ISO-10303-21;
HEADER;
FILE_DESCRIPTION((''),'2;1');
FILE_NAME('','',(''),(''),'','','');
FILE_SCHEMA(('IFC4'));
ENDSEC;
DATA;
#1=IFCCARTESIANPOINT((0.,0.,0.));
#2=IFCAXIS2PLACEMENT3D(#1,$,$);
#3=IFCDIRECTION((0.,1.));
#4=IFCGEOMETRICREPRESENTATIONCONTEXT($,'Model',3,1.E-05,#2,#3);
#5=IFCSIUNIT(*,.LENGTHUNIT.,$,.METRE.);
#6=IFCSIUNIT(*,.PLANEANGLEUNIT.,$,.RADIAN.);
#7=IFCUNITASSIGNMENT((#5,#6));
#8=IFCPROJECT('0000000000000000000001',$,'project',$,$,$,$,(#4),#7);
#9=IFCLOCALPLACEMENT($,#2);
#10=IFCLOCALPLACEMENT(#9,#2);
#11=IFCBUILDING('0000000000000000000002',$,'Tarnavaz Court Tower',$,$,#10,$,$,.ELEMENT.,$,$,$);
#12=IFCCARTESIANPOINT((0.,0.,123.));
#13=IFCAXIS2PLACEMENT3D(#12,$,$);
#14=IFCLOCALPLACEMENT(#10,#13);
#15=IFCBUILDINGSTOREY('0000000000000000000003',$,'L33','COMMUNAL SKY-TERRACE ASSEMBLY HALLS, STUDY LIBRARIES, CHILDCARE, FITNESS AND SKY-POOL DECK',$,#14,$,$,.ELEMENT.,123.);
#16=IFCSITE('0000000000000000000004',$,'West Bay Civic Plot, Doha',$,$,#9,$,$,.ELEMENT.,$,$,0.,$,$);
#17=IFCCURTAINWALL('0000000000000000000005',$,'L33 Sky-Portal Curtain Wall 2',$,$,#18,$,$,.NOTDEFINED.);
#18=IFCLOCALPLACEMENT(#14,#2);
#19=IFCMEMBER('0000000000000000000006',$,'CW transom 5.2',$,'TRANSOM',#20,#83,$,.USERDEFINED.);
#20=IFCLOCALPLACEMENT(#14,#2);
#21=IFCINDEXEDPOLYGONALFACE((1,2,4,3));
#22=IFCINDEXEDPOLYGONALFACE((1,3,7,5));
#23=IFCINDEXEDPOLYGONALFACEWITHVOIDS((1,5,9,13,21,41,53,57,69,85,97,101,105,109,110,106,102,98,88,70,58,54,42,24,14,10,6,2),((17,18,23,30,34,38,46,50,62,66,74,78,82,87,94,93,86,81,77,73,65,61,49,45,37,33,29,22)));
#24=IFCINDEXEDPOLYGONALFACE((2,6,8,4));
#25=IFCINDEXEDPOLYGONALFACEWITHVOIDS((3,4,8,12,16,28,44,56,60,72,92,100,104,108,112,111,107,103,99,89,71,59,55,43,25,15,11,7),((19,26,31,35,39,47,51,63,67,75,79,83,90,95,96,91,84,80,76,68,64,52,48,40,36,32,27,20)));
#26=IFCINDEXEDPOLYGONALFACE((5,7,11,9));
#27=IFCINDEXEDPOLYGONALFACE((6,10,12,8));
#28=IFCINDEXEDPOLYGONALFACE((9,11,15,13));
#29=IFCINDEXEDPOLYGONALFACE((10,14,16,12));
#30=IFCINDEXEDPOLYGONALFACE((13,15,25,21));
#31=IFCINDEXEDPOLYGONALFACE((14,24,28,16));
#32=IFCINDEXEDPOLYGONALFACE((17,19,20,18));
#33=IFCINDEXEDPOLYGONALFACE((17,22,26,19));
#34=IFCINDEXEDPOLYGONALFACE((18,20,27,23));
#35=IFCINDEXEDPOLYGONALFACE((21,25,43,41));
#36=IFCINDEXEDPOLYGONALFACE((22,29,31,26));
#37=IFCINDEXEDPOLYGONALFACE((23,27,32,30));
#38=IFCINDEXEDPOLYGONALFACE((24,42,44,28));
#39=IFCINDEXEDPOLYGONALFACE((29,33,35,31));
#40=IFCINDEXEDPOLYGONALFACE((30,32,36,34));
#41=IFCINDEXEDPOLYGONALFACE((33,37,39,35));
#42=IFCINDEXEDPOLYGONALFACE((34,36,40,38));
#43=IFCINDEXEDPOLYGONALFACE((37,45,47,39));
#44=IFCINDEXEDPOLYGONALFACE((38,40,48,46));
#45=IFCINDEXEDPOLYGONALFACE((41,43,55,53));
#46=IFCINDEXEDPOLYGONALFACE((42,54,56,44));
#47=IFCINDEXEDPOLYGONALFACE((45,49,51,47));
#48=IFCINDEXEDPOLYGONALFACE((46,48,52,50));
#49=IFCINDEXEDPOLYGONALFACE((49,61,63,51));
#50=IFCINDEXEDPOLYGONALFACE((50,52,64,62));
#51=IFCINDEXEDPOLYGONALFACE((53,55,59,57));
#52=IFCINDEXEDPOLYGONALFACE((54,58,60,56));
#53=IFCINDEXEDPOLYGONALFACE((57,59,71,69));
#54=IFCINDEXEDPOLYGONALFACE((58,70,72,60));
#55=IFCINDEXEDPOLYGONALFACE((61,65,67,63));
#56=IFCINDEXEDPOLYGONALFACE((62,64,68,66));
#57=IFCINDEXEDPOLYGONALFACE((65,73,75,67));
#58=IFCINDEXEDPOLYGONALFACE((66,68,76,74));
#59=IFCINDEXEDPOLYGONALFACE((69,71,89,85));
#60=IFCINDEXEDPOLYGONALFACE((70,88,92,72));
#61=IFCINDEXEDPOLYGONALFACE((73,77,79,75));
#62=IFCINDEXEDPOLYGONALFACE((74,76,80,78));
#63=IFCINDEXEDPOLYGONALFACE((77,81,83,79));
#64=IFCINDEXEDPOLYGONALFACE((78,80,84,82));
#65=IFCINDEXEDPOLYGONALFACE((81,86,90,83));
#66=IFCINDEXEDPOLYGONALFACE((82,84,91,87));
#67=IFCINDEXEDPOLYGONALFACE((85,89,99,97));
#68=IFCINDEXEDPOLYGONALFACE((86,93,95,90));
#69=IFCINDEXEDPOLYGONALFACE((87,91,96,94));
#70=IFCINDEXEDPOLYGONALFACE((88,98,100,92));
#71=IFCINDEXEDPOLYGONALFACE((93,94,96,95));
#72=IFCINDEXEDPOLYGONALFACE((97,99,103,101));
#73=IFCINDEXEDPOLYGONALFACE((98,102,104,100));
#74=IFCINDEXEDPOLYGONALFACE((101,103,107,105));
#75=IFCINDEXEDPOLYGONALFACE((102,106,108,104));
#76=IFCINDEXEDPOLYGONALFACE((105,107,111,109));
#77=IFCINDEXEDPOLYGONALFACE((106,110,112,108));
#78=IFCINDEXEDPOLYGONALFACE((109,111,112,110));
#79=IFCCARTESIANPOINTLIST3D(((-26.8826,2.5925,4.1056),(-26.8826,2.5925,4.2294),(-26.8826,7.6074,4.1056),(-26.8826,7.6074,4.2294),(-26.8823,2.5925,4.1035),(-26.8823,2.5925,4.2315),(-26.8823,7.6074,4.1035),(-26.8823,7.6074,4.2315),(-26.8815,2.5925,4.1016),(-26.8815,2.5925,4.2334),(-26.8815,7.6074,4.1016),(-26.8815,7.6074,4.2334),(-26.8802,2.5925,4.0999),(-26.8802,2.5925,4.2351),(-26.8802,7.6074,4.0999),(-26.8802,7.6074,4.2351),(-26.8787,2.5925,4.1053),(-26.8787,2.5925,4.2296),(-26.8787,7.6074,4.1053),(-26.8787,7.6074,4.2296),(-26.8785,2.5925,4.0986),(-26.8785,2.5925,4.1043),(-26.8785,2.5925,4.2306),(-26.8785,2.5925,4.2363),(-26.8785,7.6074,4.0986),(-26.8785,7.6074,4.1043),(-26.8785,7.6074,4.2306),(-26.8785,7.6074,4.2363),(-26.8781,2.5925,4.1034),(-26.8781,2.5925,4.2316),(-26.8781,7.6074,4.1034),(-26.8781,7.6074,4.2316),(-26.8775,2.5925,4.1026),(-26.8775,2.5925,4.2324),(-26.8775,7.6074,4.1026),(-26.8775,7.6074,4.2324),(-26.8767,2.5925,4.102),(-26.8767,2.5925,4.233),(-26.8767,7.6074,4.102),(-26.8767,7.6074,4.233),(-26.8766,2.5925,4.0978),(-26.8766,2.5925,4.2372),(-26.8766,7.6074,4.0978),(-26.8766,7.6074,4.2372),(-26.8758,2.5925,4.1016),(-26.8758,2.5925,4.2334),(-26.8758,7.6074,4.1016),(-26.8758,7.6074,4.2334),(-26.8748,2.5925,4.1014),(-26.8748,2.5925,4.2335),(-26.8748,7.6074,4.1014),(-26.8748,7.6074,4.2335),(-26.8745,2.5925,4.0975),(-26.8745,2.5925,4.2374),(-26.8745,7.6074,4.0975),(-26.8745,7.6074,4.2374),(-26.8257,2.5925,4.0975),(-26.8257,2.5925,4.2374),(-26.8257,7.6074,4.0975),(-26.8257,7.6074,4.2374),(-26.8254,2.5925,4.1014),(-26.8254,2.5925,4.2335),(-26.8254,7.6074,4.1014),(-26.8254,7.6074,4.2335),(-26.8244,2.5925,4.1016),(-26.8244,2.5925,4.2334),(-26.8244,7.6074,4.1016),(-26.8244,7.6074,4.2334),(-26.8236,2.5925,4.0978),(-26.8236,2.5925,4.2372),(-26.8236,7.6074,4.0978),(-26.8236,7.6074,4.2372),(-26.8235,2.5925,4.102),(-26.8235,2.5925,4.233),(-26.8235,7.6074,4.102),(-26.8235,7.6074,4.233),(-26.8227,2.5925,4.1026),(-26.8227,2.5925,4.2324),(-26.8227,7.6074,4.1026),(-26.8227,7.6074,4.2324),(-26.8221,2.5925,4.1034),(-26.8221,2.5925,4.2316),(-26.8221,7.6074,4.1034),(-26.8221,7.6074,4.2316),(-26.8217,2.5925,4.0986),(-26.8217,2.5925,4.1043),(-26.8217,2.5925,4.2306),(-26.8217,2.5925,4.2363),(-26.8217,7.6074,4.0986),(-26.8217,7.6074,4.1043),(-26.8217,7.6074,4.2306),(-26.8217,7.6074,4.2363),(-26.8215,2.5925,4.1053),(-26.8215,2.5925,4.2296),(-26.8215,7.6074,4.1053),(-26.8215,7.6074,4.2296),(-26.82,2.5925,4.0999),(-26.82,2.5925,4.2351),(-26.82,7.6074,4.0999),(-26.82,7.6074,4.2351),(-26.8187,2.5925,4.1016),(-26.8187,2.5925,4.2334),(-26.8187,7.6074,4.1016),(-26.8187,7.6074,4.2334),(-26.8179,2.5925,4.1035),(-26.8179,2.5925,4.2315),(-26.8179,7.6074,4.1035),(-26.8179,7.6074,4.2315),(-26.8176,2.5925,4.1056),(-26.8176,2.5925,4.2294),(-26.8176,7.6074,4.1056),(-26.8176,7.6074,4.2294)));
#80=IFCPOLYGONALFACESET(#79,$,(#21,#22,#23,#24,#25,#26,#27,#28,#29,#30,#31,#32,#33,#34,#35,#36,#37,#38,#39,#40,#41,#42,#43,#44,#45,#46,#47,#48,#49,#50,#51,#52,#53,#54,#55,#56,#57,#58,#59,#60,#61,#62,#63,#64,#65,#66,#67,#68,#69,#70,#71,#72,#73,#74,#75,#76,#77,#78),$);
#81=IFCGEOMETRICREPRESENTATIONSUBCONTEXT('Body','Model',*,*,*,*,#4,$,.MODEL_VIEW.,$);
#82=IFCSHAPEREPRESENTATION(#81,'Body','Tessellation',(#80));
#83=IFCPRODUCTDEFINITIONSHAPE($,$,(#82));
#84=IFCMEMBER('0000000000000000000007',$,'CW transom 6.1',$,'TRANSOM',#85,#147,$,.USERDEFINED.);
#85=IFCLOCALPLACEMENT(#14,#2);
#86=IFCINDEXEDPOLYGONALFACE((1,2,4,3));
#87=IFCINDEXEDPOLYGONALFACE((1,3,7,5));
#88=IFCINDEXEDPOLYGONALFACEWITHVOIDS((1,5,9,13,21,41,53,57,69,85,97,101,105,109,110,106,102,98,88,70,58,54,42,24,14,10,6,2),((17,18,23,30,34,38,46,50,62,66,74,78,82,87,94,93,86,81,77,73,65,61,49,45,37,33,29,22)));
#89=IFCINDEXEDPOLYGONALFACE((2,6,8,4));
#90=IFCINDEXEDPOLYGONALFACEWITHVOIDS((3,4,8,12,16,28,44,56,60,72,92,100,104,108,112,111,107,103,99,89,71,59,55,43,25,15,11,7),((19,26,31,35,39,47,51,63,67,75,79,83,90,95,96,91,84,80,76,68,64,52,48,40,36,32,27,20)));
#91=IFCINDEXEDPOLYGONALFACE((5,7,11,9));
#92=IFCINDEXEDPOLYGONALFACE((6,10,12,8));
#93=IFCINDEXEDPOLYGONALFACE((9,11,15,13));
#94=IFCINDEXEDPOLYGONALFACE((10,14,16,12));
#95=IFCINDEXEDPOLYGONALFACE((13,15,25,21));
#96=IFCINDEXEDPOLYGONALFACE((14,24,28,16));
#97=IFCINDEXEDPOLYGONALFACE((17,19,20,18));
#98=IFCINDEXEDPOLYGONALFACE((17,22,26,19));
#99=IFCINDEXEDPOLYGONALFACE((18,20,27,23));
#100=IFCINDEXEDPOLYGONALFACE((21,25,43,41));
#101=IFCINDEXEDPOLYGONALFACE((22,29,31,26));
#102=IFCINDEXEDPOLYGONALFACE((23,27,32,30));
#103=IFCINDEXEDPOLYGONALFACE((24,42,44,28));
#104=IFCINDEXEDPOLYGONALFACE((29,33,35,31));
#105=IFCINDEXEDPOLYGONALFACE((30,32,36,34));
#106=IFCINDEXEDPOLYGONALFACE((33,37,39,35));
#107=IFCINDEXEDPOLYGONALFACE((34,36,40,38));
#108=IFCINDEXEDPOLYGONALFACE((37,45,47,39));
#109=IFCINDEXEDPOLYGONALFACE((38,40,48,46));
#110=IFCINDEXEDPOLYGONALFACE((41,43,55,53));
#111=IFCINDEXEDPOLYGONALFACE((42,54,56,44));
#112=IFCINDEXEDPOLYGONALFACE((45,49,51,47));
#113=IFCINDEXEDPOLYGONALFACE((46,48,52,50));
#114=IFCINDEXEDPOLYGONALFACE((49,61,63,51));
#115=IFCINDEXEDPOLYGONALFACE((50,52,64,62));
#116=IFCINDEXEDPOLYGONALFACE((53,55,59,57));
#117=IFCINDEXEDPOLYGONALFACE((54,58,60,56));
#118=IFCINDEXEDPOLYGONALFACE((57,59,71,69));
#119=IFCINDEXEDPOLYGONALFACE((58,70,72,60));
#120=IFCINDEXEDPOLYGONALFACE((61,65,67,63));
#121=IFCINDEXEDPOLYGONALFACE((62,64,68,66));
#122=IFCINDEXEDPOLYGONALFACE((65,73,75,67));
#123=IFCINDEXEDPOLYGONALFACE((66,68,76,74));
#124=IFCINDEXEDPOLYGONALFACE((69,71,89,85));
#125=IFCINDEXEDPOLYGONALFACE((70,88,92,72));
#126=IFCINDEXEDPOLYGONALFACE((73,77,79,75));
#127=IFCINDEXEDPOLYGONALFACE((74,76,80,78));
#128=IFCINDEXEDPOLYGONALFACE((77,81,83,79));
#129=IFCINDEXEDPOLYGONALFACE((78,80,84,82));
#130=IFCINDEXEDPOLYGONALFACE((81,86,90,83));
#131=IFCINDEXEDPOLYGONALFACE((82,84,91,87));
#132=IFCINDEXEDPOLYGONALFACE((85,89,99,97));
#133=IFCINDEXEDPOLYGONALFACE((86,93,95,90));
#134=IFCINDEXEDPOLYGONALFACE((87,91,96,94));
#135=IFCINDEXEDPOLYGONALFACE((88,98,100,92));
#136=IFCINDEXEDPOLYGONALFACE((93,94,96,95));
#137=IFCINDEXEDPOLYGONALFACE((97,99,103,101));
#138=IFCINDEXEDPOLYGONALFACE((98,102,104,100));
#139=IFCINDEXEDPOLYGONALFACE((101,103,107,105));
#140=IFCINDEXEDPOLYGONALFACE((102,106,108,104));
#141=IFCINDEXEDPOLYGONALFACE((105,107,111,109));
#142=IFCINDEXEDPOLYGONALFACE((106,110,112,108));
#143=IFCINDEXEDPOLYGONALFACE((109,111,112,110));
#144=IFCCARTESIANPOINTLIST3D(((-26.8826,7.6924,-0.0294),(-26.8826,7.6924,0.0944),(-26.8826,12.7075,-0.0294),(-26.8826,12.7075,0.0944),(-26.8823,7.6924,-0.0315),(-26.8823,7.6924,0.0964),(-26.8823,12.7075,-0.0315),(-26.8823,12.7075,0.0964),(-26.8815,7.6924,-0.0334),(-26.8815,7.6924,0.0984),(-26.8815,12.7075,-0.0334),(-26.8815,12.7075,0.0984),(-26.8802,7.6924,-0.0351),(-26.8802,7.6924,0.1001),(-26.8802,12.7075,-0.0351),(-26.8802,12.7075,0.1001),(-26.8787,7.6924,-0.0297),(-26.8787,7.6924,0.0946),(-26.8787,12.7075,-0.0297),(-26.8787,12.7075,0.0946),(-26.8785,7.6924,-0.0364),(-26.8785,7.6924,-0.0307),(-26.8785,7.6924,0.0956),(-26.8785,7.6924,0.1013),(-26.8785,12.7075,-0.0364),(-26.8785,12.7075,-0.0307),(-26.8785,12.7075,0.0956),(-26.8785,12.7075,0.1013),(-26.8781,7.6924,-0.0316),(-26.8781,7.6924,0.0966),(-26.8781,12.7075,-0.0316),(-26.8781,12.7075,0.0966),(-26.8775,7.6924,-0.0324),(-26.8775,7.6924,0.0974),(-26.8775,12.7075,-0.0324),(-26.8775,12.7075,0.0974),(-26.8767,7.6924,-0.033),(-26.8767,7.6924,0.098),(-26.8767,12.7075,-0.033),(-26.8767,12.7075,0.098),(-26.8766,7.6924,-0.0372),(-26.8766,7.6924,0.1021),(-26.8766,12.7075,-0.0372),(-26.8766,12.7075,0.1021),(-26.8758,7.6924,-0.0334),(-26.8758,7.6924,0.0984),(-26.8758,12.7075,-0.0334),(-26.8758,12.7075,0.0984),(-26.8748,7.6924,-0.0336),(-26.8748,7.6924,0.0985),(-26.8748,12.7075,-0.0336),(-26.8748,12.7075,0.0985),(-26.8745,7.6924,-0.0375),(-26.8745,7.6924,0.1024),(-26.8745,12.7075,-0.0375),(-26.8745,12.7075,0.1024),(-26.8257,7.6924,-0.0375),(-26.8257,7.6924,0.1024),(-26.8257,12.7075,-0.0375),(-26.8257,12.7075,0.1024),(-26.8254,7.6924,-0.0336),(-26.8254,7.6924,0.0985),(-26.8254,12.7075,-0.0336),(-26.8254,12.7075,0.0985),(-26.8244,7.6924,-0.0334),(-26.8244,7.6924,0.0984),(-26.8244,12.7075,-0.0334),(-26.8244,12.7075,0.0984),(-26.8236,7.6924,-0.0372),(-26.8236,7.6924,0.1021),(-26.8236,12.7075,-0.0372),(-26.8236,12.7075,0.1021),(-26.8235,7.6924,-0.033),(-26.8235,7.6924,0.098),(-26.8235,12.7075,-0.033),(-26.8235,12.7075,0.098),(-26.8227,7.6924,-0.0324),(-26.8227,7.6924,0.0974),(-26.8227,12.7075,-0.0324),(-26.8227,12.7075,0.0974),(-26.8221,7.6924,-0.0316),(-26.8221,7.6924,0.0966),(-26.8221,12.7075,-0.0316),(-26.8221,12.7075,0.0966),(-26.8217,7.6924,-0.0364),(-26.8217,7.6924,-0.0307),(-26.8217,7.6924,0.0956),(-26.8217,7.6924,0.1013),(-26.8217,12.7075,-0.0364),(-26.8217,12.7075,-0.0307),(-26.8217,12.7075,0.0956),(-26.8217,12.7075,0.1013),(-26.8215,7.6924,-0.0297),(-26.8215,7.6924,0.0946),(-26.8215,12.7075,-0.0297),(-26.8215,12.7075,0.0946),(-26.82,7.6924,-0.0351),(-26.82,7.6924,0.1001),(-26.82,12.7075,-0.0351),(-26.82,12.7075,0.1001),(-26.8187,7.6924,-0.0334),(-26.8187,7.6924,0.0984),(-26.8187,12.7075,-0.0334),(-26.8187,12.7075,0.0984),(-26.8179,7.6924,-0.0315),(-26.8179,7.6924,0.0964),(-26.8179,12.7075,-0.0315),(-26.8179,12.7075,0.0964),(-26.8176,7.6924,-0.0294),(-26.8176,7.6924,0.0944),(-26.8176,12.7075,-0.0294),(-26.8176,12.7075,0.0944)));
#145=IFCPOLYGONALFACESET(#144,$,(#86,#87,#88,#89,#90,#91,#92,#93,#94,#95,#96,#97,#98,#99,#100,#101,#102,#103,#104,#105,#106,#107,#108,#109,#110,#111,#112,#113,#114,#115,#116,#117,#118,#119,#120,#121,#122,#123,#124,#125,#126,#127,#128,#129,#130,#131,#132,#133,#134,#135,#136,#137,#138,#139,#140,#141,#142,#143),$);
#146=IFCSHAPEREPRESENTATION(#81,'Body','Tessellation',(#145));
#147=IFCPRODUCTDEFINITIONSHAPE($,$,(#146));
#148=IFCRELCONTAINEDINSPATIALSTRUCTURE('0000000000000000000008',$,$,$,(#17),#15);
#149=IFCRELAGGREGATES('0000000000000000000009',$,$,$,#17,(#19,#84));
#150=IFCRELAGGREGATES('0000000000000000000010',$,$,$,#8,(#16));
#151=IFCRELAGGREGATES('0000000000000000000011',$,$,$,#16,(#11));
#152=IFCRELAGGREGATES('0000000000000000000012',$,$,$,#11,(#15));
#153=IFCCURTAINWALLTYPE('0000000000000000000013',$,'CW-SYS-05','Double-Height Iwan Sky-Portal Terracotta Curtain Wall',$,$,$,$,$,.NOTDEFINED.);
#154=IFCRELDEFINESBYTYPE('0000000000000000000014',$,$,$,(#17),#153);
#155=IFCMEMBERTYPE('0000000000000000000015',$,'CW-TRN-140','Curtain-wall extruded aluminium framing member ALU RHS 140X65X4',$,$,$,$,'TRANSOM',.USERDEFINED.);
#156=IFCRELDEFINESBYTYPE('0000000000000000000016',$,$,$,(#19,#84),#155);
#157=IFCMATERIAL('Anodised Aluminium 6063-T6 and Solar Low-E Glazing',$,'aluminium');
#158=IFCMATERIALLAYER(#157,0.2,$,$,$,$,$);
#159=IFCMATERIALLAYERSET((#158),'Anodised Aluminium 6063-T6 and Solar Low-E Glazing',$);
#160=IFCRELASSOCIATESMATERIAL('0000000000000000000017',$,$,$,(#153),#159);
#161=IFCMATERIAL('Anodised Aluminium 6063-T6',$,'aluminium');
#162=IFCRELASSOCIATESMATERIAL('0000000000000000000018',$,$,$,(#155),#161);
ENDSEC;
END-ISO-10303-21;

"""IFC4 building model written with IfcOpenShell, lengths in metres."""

from ifc_helpers import new_model, si_unit, direction, frame, origin, origin_2d, place, context, subcontext, project, spatial, hollow_rectangle, extrude, material, layer, layer_set, material_profile, profile_set, type_object, element, aggregate, save


model = new_model("IFC4")

# Units and contexts
model_context = context("Model", 3, precision=1e-05, world=origin(), true_north=direction((0.0, 1.0)))
body_context = subcontext(model_context, "Body", "Model", "MODEL_VIEW")
ifc_project = project(units=[si_unit("LENGTHUNIT", "METRE"), si_unit("PLANEANGLEUNIT", "RADIAN")], contexts=[model_context])

# Site, building, storey
site_placement = place(None, origin())
site = spatial("IfcSite", under=ifc_project, at=site_placement, Name="West Bay Civic Plot, Doha", CompositionType="ELEMENT", RefElevation=0.0)
building_placement = place(site_placement, origin())
building = spatial("IfcBuilding", under=site, at=building_placement, Name="Tarnavaz Court Tower", CompositionType="ELEMENT")
storey_placement = place(building_placement, frame((0.0, 0.0, 123.0)))
storey = spatial("IfcBuildingStorey", under=building, at=storey_placement, Name="L33", Description="COMMUNAL SKY-TERRACE ASSEMBLY HALLS, STUDY LIBRARIES, CHILDCARE, FITNESS AND SKY-POOL DECK", CompositionType="ELEMENT", Elevation=123.0)

# Curtain wall, members
ifc_material_1 = material(Name="Anodised Aluminium 6063-T6 and Solar Low-E Glazing", Category="aluminium")
ifc_layer_1 = layer(ifc_material_1, 0.2)
ifc_layer_set_1 = layer_set([ifc_layer_1], Name="Anodised Aluminium 6063-T6 and Solar Low-E Glazing")
curtain_wall_type = type_object("IfcCurtainWallType", Name="CW-SYS-05", Description="Double-Height Iwan Sky-Portal Terracotta Curtain Wall", PredefinedType="NOTDEFINED", material=ifc_layer_set_1)
curtain_wall_placement = place(storey_placement, origin())
curtain_wall = element("IfcCurtainWall", 1, at=curtain_wall_placement, inside=storey, type_object=curtain_wall_type, Name="L33 Sky-Portal Curtain Wall 2", PredefinedType="NOTDEFINED")
ifc_material_2 = material(Name="Anodised Aluminium 6063-T6", Category="aluminium")
ifc_material_profile_1 = material_profile(ifc_material_2, hollow_rectangle(XDim=0.0649, YDim=0.1399, WallThickness=0.0039, InnerFilletRadius=0.0039, OuterFilletRadius=0.0081, at=origin_2d()), Name="ALU RHS 140X65X4")
ifc_profile_set_1 = profile_set([ifc_material_profile_1], Name="Anodised Aluminium 6063-T6")
member_type_1 = type_object("IfcMemberType", Name="CW-TRN-140", Description="Curtain-wall extruded aluminium framing member ALU RHS 140X65X4", ElementType="TRANSOM", PredefinedType="USERDEFINED", material=ifc_profile_set_1)
member_1_placement = place(storey_placement, frame((-26.8501, 2.5925, 4.1675), z_axis=(0.0, 1.0, 0.0), x_axis=(-1.0, 0.0, 0.0)))
member_1 = element("IfcMember", 2, at=member_1_placement, type_object=member_type_1, Name="CW transom 5.2", ObjectType="TRANSOM", PredefinedType="USERDEFINED", context=body_context, shape_type="SweptSolid", body=[
    extrude(hollow_rectangle(XDim=0.0649, YDim=0.1399, WallThickness=0.0039, InnerFilletRadius=0.0039, OuterFilletRadius=0.0081, at=origin_2d()), origin(), (0.0, 0.0, 1.0), 5.0149),
])
member_2_placement = place(storey_placement, frame((-26.8501, 7.6924, 0.0325), z_axis=(0.0, 1.0, 0.0), x_axis=(-1.0, 0.0, 0.0)))
member_2 = element("IfcMember", 3, at=member_2_placement, type_object=member_type_1, Name="CW transom 6.1", ObjectType="TRANSOM", PredefinedType="USERDEFINED", context=body_context, shape_type="SweptSolid", body=[
    extrude(hollow_rectangle(XDim=0.0649, YDim=0.1399, WallThickness=0.0039, InnerFilletRadius=0.0039, OuterFilletRadius=0.0081, at=origin_2d()), origin(), (0.0, 0.0, 1.0), 5.0151),
])
aggregate(curtain_wall, [member_1, member_2])

save(model, "model.ifc")
